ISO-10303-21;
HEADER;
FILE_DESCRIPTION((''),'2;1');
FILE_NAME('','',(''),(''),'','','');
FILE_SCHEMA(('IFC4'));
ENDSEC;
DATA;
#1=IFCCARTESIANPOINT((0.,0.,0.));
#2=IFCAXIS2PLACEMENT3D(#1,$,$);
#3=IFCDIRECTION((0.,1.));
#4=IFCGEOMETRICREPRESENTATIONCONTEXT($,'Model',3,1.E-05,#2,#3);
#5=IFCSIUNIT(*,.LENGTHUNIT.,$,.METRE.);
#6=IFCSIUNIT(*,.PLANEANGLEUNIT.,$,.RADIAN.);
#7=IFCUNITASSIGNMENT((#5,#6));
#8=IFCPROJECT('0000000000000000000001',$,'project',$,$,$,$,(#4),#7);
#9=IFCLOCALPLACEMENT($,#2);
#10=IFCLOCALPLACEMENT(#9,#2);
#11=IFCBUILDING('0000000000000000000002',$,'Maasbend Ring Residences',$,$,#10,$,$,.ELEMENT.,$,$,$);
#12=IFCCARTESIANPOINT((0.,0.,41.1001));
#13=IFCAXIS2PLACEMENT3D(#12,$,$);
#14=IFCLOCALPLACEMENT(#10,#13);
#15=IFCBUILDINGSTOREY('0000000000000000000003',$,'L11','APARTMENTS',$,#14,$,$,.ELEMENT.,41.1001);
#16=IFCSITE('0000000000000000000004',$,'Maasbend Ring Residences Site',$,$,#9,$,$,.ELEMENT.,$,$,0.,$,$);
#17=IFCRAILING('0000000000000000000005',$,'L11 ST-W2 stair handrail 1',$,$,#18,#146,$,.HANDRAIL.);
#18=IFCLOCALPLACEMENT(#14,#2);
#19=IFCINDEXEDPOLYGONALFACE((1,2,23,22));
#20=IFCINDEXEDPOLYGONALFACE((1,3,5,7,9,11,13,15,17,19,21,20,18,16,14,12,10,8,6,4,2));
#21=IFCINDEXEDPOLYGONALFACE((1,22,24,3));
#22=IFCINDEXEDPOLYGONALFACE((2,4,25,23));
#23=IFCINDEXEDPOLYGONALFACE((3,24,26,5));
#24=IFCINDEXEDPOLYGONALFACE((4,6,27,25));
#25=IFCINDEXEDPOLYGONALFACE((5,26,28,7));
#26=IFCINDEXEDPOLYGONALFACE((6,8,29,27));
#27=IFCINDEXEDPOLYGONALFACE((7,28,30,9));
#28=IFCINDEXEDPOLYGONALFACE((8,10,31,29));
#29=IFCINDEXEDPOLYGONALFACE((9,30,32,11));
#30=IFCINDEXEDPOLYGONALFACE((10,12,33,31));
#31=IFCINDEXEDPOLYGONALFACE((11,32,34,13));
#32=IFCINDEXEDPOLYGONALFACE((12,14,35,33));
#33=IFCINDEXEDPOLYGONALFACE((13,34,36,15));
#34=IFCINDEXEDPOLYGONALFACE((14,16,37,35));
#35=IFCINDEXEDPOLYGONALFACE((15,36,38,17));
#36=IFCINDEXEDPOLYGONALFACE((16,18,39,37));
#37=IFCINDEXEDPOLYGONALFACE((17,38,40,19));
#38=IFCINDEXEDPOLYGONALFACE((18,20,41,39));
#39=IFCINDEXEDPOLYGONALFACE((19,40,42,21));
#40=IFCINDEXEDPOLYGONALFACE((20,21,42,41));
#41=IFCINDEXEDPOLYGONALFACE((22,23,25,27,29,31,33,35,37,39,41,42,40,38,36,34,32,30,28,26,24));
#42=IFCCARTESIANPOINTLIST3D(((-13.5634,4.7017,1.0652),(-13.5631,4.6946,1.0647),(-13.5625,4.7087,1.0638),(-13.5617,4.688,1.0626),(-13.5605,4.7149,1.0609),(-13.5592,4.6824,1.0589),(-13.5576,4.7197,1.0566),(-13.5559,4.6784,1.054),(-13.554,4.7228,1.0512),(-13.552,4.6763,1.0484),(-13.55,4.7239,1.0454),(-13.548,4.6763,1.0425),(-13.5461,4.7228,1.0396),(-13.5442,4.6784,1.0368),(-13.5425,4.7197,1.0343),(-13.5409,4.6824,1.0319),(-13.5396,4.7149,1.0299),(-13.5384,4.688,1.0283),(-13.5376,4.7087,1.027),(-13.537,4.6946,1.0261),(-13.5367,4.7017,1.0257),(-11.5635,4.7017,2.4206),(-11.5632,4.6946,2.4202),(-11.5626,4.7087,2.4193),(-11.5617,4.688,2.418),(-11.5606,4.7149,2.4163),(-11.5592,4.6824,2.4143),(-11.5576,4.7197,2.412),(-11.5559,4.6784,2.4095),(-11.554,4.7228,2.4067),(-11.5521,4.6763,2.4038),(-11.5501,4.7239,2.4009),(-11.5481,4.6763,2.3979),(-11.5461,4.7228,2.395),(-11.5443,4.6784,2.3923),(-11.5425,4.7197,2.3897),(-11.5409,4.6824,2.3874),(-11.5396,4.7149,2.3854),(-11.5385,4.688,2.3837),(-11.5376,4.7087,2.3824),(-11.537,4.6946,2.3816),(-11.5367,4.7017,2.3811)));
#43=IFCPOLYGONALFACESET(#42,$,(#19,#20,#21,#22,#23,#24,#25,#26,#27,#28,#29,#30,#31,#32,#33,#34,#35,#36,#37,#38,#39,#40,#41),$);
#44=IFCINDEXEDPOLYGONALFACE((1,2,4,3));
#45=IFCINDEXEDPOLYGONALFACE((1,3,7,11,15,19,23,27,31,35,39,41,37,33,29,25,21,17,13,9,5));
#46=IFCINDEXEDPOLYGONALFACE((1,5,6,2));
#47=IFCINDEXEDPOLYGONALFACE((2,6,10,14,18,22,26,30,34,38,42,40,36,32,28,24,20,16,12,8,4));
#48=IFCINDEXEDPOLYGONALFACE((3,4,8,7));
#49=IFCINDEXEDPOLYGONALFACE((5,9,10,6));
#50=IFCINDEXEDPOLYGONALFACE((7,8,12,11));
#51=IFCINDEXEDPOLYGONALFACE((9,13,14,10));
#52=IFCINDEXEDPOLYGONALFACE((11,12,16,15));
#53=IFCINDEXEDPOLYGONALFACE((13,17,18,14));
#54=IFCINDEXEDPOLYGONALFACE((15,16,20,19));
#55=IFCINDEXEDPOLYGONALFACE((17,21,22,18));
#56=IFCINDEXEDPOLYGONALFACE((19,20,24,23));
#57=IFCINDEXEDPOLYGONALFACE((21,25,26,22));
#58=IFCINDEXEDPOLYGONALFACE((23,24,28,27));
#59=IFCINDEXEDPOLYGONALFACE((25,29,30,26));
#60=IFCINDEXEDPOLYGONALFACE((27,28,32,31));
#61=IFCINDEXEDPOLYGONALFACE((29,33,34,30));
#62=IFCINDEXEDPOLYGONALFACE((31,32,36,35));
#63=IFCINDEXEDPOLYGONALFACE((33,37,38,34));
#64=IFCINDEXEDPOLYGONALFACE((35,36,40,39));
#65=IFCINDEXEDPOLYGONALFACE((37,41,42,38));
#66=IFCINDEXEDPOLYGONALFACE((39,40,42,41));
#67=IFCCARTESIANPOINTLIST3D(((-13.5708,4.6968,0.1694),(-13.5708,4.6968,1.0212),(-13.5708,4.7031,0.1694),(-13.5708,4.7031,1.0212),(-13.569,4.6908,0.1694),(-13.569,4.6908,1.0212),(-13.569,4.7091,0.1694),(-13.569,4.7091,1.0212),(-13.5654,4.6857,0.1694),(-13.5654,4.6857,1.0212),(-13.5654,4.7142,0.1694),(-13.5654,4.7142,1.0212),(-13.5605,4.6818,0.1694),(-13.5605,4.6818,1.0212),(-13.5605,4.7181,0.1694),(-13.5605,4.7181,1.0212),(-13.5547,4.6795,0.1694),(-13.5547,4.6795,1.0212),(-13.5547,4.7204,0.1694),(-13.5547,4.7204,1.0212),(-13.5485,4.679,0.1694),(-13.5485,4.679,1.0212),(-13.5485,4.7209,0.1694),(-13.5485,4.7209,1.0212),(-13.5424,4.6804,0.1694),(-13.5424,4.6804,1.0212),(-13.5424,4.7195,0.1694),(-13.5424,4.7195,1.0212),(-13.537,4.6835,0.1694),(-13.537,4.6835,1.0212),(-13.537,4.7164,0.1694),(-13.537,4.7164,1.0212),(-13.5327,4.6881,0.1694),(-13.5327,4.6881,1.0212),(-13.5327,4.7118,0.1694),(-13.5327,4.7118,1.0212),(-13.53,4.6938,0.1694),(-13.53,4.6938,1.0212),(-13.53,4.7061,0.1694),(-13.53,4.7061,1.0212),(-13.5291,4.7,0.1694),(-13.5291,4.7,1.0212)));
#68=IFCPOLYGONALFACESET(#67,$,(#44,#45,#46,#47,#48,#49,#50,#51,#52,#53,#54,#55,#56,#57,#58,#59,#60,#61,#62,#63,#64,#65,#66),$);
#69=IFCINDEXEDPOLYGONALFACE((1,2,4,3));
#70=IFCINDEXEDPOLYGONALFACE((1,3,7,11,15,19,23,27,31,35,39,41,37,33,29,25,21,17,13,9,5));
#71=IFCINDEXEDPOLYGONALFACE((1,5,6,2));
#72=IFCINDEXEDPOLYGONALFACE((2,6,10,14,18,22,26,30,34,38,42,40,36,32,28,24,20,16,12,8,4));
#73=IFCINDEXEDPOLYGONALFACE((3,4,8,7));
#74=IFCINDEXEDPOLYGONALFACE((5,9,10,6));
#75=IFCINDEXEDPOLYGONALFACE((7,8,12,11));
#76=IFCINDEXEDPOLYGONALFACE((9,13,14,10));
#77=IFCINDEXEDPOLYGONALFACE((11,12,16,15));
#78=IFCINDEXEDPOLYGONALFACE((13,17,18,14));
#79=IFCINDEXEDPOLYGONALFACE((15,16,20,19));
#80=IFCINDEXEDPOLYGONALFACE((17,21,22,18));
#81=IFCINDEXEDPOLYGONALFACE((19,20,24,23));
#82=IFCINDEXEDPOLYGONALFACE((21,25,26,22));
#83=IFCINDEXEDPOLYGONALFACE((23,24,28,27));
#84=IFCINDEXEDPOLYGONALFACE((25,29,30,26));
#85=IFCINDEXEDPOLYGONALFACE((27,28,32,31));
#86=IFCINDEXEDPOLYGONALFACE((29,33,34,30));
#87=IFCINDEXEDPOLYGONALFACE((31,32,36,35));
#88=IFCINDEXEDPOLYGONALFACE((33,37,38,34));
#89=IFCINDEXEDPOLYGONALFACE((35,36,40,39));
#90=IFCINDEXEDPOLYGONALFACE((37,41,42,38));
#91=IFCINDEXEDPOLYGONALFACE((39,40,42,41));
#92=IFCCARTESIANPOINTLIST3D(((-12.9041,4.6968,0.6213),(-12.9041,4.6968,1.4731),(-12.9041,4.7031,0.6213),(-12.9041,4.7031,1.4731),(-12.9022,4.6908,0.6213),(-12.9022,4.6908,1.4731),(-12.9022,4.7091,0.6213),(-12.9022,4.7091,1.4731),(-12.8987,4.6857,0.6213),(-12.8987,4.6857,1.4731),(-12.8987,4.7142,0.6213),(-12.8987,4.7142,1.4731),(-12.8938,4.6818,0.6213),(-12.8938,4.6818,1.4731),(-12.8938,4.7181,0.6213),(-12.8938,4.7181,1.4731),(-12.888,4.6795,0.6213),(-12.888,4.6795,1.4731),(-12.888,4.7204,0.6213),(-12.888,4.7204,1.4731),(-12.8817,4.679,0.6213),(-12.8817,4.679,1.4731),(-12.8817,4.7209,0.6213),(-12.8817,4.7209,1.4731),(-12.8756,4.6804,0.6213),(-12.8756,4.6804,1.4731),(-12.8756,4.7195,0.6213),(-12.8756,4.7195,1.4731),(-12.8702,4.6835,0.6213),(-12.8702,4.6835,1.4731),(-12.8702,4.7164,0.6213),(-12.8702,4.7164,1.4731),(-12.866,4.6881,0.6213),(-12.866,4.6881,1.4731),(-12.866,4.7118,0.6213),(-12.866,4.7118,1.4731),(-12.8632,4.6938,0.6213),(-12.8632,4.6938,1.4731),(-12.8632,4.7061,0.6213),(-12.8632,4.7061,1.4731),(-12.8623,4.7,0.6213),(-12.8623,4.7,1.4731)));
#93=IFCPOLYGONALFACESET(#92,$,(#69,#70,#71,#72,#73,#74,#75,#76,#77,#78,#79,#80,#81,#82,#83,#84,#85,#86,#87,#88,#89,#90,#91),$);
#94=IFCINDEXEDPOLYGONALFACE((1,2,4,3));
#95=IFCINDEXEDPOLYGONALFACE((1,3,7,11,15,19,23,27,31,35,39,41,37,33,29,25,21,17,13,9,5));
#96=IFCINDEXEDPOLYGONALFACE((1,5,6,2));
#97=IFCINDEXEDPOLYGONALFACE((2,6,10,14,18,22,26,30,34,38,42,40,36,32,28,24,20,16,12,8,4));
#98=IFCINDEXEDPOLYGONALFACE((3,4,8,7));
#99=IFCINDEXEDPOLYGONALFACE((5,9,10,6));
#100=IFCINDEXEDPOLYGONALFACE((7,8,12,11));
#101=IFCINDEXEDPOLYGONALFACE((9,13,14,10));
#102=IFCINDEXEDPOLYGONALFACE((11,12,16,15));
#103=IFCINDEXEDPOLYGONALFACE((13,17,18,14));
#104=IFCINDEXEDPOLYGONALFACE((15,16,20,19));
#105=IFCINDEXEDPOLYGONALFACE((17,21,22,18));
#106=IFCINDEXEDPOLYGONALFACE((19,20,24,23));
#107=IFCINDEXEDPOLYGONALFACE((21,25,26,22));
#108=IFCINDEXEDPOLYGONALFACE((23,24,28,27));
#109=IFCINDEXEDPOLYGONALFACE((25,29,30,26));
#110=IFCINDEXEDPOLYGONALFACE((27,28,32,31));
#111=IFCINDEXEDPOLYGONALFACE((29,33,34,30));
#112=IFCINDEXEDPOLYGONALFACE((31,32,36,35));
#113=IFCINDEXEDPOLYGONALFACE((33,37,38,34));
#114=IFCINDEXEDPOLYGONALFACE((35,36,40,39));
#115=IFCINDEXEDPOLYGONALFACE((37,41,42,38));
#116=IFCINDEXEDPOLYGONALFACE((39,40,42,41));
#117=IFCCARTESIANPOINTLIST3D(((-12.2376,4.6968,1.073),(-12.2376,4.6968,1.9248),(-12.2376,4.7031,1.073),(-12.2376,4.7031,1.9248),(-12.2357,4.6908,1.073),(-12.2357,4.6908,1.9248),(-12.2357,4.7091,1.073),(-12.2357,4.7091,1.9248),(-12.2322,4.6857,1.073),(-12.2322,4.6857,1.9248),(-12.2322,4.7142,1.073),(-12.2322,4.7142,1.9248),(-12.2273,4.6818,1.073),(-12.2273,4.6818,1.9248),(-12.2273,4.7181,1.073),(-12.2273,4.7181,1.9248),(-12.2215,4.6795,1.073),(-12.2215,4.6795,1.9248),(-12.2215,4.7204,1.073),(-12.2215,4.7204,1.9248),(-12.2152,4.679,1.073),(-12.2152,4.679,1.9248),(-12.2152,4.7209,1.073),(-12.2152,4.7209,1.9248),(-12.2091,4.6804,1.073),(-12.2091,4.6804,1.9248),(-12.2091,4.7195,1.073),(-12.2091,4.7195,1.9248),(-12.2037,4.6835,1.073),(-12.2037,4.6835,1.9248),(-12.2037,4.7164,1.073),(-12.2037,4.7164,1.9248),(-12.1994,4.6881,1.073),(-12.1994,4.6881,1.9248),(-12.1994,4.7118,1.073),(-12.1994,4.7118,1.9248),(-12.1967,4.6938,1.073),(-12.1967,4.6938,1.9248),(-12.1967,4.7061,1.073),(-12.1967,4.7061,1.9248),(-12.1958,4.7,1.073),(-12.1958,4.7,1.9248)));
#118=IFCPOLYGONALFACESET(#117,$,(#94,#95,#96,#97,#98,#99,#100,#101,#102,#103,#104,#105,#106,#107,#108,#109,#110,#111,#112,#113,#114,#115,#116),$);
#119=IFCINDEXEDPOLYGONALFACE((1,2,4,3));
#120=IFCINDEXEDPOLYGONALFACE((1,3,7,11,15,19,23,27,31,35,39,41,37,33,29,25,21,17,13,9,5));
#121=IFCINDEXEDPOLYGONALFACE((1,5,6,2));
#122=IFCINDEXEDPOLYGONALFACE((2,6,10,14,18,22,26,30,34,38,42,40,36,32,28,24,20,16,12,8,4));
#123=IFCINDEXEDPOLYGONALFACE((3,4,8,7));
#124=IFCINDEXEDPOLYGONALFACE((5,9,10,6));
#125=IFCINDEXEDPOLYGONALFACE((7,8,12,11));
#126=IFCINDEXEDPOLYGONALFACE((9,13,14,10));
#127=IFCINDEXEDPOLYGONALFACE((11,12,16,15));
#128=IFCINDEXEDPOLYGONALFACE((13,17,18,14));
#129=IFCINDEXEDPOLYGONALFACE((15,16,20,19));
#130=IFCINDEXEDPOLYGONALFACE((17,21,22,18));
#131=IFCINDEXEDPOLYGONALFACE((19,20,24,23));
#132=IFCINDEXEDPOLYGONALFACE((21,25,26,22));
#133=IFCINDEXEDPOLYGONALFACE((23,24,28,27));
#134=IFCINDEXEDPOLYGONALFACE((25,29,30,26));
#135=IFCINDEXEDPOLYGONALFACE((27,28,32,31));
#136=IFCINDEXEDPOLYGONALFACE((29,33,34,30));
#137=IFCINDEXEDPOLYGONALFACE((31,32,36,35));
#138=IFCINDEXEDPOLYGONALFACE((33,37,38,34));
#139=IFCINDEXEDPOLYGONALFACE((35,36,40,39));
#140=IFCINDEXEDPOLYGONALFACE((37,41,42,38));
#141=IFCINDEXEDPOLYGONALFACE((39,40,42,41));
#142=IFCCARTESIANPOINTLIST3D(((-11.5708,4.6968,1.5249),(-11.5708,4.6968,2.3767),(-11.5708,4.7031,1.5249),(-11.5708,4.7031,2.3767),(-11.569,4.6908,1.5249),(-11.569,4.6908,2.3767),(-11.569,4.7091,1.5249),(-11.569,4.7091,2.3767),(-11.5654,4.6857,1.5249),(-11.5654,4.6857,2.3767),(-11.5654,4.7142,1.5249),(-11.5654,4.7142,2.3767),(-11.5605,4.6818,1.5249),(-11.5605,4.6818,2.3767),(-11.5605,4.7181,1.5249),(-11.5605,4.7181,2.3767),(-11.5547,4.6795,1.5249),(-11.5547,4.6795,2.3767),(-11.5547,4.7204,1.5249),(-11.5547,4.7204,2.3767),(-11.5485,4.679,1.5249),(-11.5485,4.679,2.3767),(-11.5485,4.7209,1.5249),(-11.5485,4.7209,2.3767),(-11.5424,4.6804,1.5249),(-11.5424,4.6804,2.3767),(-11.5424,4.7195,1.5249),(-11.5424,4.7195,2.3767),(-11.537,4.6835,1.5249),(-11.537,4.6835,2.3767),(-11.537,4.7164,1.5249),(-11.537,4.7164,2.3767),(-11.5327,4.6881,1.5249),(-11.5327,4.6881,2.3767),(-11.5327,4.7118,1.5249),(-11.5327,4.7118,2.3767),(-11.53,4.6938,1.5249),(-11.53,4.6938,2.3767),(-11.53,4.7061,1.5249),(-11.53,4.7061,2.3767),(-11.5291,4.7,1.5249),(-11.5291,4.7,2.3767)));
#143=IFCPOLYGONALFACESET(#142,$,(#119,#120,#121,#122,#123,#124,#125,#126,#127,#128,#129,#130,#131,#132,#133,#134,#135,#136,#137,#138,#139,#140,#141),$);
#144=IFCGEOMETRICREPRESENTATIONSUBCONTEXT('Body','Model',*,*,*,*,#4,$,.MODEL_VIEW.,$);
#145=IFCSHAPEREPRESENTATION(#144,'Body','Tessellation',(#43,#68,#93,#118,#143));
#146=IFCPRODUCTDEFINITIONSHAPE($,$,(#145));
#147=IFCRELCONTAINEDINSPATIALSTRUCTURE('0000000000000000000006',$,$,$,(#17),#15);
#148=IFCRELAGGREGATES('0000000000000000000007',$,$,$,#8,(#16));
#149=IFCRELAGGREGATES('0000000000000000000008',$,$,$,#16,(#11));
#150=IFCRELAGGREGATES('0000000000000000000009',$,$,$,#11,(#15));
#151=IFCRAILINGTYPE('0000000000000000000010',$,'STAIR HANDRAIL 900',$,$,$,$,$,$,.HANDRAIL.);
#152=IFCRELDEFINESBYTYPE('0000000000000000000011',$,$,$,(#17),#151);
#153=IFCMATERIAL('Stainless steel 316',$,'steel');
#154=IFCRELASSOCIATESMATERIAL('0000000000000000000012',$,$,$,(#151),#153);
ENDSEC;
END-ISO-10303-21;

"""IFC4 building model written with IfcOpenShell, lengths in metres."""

from ifc_helpers import new_model, si_unit, direction, frame, origin, origin_2d, place, context, subcontext, project, spatial, circle, extrude, material, type_object, element, save


model = new_model("IFC4")

# Units and contexts
model_context = context("Model", 3, precision=1e-05, world=origin(), true_north=direction((0.0, 1.0)))
body_context = subcontext(model_context, "Body", "Model", "MODEL_VIEW")
ifc_project = project(units=[si_unit("LENGTHUNIT", "METRE"), si_unit("PLANEANGLEUNIT", "RADIAN")], contexts=[model_context])

# Site, building, storey
site_placement = place(None, origin())
site = spatial("IfcSite", under=ifc_project, at=site_placement, Name="Maasbend Ring Residences Site", CompositionType="ELEMENT", RefElevation=0.0)
building_placement = place(site_placement, origin())
building = spatial("IfcBuilding", under=site, at=building_placement, Name="Maasbend Ring Residences", CompositionType="ELEMENT")
storey_placement = place(building_placement, frame((0.0, 0.0, 41.1001)))
storey = spatial("IfcBuildingStorey", under=building, at=storey_placement, Name="L11", Description="APARTMENTS", CompositionType="ELEMENT", Elevation=41.1001)

# Railing
ifc_material_1 = material(Name="Stainless steel 316", Category="steel")
railing_type_1 = type_object("IfcRailingType", Name="STAIR HANDRAIL 900", PredefinedType="HANDRAIL", material=ifc_material_1)
railing_1_placement = place(storey_placement, frame((-13.55, 4.7, 0.1694)))
element("IfcRailing", 1, at=railing_1_placement, inside=storey, type_object=railing_type_1, Name="L11 ST-W2 stair handrail 1", PredefinedType="HANDRAIL", context=body_context, shape_type="SweptSolid", body=[
    extrude(circle(Radius=0.0239, at=origin_2d()), frame((0.0, 0.0, 0.876), z_axis=(0.827798, 0.0, 0.561027), x_axis=(0.0, 1.0, 0.0)), (0.0, 0.0, 1.0), 2.416),
    extrude(circle(Radius=0.021, at=origin_2d()), origin(), (0.0, 0.0, 1.0), 0.8518),
    extrude(circle(Radius=0.021, at=origin_2d()), frame((0.6667, 0.0, 0.4519)), (0.0, 0.0, 1.0), 0.8518),
    extrude(circle(Radius=0.021, at=origin_2d()), frame((1.3333, 0.0, 0.9036)), (0.0, 0.0, 1.0), 0.8518),
    extrude(circle(Radius=0.021, at=origin_2d()), frame((2.0, 0.0, 1.3555)), (0.0, 0.0, 1.0), 0.8518),
])

save(model, "model.ifc")
